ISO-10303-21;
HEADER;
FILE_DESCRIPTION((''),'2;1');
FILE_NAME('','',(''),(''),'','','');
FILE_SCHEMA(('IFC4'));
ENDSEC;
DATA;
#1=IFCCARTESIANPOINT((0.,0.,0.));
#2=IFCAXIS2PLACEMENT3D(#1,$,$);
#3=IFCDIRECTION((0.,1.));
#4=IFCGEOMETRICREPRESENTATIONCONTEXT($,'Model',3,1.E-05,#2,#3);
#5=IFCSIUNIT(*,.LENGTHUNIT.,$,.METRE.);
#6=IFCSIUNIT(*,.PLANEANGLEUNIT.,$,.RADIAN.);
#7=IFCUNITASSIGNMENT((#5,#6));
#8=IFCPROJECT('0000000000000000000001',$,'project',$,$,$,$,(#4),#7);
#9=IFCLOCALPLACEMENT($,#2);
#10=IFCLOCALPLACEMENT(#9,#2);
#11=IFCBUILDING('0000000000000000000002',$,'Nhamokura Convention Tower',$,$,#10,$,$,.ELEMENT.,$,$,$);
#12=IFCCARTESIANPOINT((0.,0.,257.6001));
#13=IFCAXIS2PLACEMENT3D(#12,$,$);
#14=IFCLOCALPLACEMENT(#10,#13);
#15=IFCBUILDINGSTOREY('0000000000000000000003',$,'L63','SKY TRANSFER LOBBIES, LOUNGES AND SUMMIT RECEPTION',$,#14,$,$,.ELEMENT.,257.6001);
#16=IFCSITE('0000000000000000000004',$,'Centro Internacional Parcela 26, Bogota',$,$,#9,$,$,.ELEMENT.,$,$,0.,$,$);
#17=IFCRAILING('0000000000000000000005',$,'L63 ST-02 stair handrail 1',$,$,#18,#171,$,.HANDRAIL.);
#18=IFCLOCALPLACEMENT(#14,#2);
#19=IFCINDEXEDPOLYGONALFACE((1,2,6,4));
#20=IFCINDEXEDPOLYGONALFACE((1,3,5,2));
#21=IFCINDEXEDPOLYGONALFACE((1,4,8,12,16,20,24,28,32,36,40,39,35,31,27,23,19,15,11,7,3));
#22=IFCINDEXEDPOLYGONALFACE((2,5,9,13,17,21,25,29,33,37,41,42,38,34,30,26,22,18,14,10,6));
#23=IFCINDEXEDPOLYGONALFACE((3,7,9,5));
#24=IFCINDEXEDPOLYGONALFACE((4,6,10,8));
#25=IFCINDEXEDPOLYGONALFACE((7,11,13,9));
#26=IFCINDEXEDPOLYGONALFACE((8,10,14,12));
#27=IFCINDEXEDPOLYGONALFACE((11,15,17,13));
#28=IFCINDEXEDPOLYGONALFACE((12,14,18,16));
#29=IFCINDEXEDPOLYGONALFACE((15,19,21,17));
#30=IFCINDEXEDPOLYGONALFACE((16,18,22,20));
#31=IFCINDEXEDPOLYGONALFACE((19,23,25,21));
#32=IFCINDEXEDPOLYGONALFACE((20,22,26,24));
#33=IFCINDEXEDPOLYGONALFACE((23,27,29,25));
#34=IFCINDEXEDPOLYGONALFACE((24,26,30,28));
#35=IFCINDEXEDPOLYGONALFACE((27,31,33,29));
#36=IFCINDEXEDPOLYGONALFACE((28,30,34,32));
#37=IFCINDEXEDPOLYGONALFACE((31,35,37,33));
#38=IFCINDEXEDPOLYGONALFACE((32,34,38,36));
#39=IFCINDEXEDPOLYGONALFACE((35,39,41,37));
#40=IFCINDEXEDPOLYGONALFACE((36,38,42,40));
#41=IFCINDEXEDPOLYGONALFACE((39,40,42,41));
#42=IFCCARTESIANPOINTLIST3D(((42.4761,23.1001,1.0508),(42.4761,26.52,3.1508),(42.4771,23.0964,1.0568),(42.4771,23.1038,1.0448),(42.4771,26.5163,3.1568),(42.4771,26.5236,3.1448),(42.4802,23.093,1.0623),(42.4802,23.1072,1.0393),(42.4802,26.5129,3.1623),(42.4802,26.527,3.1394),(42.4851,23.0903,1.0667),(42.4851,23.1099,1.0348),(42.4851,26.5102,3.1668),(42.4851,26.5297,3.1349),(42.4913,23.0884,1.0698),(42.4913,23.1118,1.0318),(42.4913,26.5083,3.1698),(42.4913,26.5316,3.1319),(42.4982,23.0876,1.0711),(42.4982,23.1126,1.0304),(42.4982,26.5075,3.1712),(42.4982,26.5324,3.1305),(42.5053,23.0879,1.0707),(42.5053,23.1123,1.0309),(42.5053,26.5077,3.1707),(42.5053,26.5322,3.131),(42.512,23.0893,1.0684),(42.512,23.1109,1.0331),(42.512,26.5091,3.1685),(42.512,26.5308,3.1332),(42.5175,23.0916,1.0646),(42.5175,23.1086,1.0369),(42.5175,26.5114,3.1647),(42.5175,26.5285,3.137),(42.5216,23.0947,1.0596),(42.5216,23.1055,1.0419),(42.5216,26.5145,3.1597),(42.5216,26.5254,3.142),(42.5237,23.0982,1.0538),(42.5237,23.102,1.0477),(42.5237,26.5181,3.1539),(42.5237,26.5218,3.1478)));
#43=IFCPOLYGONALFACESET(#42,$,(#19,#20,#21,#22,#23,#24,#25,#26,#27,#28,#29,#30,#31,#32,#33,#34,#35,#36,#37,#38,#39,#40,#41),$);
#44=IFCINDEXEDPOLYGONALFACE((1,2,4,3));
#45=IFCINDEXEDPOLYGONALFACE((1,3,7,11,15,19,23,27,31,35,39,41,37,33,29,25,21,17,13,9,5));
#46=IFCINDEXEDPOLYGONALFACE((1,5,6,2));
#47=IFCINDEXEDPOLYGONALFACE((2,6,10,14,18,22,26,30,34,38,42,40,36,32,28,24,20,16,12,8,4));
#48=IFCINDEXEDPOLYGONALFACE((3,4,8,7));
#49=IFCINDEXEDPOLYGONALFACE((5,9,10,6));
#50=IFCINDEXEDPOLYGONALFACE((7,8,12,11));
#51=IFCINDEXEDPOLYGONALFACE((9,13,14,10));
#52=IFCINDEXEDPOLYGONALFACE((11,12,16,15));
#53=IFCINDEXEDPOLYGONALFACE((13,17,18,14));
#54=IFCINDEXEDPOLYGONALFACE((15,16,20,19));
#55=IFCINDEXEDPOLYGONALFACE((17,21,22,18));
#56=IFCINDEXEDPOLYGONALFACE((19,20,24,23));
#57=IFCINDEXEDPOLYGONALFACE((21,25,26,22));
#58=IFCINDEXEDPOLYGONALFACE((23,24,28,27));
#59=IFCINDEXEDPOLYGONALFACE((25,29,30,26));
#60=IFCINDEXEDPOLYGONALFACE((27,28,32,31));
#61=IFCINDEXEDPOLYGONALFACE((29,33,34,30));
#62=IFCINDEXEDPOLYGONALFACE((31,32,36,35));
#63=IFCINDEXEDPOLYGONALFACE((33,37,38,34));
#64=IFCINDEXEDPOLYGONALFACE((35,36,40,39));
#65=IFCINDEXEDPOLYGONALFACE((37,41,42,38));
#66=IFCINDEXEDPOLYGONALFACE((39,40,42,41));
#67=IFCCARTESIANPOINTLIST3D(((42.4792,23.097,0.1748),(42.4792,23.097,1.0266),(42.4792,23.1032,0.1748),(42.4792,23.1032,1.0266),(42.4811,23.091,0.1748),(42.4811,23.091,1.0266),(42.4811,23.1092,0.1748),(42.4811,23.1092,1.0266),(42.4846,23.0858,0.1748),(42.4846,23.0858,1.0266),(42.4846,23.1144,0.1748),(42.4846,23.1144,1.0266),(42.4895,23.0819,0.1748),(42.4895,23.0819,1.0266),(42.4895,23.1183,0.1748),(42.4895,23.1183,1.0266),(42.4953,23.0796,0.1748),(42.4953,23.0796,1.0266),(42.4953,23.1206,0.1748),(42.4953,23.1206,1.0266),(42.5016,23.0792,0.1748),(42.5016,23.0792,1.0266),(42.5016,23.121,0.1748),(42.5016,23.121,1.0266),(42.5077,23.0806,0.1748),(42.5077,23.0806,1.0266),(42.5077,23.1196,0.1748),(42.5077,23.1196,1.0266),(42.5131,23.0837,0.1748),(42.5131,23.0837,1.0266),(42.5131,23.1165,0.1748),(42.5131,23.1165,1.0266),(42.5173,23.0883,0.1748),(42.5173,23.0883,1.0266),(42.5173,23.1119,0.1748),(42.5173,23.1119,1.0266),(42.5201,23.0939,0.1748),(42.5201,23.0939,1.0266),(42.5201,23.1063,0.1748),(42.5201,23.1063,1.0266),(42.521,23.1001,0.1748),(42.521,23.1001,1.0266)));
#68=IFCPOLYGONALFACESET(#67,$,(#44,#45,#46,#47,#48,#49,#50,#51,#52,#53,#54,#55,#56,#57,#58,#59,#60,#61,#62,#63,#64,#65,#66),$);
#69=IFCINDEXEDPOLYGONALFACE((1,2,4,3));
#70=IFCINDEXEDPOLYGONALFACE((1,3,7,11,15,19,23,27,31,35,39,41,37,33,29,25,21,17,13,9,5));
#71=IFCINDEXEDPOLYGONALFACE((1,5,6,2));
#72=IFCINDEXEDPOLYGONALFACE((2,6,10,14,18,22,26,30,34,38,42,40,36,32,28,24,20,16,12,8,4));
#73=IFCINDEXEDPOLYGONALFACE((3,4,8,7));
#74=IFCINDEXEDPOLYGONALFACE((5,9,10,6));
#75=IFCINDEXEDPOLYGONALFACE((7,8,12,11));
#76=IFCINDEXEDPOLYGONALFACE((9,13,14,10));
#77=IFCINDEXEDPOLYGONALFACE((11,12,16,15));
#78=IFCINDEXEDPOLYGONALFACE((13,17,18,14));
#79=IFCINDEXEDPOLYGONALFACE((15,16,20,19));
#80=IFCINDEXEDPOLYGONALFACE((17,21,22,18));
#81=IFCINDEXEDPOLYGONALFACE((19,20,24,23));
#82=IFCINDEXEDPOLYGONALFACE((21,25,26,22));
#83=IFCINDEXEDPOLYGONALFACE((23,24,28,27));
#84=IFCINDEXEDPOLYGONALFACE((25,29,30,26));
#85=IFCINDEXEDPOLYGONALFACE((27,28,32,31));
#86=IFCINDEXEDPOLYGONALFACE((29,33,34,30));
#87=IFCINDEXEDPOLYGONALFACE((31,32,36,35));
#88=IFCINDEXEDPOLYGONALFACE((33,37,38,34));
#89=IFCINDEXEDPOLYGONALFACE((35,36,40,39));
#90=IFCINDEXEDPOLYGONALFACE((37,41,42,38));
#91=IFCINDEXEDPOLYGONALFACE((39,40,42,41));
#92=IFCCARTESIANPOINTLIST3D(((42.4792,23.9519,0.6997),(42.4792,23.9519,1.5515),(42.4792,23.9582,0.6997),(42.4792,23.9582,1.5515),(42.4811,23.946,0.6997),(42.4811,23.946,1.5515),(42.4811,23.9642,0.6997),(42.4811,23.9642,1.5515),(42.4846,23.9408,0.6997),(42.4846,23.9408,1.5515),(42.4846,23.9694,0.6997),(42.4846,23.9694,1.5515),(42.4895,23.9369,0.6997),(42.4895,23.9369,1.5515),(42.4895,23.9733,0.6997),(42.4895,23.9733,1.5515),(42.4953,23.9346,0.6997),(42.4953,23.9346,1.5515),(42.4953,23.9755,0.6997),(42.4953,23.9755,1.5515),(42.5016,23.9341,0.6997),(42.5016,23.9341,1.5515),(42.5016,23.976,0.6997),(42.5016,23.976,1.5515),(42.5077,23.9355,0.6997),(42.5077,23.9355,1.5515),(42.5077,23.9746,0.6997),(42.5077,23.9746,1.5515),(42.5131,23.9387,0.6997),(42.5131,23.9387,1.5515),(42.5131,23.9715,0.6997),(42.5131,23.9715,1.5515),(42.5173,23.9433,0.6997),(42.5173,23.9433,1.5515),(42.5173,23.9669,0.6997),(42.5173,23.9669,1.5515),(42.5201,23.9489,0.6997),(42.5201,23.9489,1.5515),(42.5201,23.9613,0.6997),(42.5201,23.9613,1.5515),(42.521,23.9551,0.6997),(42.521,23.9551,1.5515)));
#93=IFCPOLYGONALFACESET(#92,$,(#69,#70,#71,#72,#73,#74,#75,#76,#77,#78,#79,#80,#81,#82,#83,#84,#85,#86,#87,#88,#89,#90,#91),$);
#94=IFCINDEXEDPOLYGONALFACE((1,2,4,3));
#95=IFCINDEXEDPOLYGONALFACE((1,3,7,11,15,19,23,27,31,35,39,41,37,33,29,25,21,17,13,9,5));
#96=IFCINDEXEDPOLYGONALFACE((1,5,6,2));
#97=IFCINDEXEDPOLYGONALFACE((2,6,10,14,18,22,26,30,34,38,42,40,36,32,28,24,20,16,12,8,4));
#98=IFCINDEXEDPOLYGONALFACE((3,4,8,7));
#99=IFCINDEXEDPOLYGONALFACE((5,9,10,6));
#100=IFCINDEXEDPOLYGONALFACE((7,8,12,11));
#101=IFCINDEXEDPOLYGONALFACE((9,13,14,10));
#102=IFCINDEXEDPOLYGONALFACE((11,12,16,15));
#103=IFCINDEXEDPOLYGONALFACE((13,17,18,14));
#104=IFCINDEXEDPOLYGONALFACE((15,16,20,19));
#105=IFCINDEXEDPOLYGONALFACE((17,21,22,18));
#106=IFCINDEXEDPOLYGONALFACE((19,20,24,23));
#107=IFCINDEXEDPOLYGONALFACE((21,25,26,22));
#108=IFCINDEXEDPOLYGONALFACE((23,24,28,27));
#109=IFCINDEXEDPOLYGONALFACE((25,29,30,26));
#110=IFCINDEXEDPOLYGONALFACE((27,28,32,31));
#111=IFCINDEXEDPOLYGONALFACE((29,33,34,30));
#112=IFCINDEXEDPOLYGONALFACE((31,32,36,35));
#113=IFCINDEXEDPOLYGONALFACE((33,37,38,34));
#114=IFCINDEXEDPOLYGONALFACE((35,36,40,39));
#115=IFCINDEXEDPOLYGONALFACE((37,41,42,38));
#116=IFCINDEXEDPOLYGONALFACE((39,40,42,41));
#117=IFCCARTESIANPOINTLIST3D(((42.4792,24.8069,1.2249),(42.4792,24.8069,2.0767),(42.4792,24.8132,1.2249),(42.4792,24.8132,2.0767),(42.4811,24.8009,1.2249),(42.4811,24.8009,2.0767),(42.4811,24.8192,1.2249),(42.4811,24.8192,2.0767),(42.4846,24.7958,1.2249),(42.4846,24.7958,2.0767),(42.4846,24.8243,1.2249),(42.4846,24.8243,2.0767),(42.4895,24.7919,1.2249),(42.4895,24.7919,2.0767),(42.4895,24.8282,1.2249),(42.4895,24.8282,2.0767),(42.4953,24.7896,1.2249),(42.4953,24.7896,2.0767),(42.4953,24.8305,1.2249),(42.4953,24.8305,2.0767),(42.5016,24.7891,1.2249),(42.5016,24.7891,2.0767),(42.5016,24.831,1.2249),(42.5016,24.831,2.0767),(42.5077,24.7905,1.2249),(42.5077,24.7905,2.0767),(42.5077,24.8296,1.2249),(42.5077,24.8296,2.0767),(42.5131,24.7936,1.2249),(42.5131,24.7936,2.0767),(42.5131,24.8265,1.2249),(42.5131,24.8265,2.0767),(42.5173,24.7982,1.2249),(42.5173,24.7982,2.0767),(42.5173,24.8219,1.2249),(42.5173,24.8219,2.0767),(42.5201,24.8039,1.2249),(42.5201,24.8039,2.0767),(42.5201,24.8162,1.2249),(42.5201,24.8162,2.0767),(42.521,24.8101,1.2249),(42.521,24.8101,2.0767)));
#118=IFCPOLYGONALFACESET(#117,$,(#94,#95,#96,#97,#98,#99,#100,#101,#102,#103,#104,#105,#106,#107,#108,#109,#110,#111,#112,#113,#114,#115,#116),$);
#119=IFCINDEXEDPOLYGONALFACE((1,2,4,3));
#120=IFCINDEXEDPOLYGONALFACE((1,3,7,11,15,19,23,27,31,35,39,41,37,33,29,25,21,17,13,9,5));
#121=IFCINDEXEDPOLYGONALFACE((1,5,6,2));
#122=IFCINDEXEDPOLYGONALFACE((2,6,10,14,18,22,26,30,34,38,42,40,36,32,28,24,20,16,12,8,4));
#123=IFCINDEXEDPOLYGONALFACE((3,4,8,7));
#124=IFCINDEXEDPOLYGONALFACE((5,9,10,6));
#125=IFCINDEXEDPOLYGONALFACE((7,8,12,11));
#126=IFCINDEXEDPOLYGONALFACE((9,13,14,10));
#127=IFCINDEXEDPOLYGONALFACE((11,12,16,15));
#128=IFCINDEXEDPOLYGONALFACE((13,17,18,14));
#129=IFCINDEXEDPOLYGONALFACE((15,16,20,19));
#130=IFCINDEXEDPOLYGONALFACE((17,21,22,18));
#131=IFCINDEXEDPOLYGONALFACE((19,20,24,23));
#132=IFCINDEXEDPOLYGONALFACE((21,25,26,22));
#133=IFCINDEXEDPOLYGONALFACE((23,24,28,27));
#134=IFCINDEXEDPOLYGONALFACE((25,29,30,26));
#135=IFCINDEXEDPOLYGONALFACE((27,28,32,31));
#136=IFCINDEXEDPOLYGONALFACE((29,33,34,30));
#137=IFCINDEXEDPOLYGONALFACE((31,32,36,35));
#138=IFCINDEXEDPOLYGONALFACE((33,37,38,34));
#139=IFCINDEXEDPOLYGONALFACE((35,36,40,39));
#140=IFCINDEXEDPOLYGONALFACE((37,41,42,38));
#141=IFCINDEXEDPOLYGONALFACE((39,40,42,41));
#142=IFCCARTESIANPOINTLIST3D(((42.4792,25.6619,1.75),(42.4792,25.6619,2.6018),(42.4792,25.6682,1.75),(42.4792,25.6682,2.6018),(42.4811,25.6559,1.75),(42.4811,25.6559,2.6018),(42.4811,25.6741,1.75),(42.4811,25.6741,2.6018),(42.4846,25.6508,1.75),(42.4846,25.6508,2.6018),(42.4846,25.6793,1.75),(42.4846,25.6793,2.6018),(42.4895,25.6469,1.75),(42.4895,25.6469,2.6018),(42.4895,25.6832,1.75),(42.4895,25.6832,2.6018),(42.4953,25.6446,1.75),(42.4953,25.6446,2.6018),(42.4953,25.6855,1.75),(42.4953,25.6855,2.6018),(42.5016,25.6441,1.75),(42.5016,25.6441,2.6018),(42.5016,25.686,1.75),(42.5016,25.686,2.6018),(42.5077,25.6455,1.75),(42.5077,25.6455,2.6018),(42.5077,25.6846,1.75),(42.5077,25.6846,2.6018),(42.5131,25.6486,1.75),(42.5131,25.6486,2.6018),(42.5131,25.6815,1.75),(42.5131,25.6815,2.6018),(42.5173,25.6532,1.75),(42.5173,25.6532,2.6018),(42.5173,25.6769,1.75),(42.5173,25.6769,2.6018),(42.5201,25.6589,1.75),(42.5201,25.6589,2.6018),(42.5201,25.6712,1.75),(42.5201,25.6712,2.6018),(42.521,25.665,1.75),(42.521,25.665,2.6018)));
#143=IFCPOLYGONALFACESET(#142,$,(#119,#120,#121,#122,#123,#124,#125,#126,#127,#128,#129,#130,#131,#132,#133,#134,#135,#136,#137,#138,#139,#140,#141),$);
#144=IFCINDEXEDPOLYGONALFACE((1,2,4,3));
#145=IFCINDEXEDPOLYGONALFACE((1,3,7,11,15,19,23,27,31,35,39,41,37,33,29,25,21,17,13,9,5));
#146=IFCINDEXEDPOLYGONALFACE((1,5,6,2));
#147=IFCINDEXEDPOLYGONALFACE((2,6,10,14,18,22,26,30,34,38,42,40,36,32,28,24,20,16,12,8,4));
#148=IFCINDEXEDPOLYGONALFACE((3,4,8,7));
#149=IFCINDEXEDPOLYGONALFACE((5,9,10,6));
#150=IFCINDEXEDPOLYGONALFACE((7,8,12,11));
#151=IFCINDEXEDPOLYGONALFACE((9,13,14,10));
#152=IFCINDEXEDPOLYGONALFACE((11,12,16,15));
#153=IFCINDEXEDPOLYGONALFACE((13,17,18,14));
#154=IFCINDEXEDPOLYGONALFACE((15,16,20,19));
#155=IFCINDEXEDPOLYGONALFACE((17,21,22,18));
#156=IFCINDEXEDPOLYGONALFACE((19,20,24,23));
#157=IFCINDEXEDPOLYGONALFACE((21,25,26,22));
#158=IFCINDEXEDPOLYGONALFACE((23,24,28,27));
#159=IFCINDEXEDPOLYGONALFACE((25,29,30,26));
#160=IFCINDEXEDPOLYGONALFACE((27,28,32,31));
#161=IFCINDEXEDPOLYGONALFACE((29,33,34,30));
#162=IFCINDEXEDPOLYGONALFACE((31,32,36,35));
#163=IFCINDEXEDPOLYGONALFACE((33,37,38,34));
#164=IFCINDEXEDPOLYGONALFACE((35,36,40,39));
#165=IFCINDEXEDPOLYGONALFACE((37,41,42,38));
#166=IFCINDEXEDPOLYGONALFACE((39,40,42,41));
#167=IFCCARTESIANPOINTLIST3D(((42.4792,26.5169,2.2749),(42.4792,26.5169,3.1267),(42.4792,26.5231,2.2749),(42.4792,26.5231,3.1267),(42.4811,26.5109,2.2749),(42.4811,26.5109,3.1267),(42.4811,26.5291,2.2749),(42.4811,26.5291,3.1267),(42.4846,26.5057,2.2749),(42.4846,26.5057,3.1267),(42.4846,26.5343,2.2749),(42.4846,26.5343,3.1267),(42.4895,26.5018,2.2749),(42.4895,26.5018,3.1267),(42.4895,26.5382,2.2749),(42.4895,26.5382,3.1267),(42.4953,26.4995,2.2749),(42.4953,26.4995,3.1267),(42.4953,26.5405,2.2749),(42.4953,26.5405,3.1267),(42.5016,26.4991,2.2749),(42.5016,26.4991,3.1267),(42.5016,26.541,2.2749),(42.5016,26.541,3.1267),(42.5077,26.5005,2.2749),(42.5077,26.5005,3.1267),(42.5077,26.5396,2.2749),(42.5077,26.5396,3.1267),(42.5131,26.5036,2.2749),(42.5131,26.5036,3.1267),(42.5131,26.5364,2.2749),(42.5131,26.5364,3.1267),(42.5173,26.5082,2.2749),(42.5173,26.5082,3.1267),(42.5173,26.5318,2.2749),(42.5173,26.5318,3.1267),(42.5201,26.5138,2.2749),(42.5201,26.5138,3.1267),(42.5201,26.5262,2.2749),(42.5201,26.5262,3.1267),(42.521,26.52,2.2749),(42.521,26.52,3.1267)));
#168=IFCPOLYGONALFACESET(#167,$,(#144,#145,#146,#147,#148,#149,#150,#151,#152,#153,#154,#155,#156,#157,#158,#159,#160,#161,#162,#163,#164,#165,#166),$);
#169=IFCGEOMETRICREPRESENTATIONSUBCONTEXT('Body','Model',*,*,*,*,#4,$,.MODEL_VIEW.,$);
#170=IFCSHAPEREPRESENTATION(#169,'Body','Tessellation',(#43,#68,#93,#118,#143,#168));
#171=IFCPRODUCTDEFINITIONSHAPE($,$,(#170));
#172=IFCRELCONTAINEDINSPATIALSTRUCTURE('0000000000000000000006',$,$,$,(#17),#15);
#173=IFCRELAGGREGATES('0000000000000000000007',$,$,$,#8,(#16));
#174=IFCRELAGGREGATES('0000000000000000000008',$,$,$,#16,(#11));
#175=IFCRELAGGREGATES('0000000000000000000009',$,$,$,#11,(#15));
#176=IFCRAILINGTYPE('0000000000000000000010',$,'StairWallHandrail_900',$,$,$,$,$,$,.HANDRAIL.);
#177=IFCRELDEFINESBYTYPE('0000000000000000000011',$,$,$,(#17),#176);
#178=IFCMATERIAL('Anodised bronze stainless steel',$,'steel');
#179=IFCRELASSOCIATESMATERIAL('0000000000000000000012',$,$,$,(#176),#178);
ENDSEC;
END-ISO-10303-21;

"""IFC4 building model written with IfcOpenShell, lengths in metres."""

from ifc_helpers import new_model, si_unit, direction, frame, origin, origin_2d, place, context, subcontext, project, spatial, circle, extrude, material, type_object, element, save


model = new_model("IFC4")

# Units and contexts
model_context = context("Model", 3, precision=1e-05, world=origin(), true_north=direction((0.0, 1.0)))
body_context = subcontext(model_context, "Body", "Model", "MODEL_VIEW")
ifc_project = project(units=[si_unit("LENGTHUNIT", "METRE"), si_unit("PLANEANGLEUNIT", "RADIAN")], contexts=[model_context])

# Site, building, storey
site_placement = place(None, origin())
site = spatial("IfcSite", under=ifc_project, at=site_placement, Name="Centro Internacional Parcela 26, Bogota", CompositionType="ELEMENT", RefElevation=0.0)
building_placement = place(site_placement, origin())
building = spatial("IfcBuilding", under=site, at=building_placement, Name="Nhamokura Convention Tower", CompositionType="ELEMENT")
storey_placement = place(building_placement, frame((0.0, 0.0, 257.6001)))
storey = spatial("IfcBuildingStorey", under=building, at=storey_placement, Name="L63", Description="SKY TRANSFER LOBBIES, LOUNGES AND SUMMIT RECEPTION", CompositionType="ELEMENT", Elevation=257.6001)

# Railing
ifc_material_1 = material(Name="Anodised bronze stainless steel", Category="steel")
railing_type = type_object("IfcRailingType", Name="StairWallHandrail_900", PredefinedType="HANDRAIL", material=ifc_material_1)
railing_placement = place(storey_placement, frame((42.5, 23.1001, 0.1748)))
element("IfcRailing", 1, at=railing_placement, inside=storey, type_object=railing_type, Name="L63 ST-02 stair handrail 1", PredefinedType="HANDRAIL", context=body_context, shape_type="SweptSolid", body=[
    extrude(circle(Radius=0.0239, at=origin_2d()), frame((0.0, 0.0, 0.876), z_axis=(0.0, 0.852155, 0.523289), x_axis=(-1.0, 0.0, 0.0)), (0.0, 0.0, 1.0), 4.0132),
    extrude(circle(Radius=0.021, at=origin_2d()), origin(), (0.0, 0.0, 1.0), 0.8518),
    extrude(circle(Radius=0.021, at=origin_2d()), frame((0.0, 0.855, 0.5249)), (0.0, 0.0, 1.0), 0.8518),
    extrude(circle(Radius=0.021, at=origin_2d()), frame((0.0, 1.71, 1.05)), (0.0, 0.0, 1.0), 0.8518),
    extrude(circle(Radius=0.021, at=origin_2d()), frame((0.0, 2.5649, 1.5752)), (0.0, 0.0, 1.0), 0.8518),
    extrude(circle(Radius=0.021, at=origin_2d()), frame((0.0, 3.4199, 2.1001)), (0.0, 0.0, 1.0), 0.8518),
])

save(model, "model.ifc")
